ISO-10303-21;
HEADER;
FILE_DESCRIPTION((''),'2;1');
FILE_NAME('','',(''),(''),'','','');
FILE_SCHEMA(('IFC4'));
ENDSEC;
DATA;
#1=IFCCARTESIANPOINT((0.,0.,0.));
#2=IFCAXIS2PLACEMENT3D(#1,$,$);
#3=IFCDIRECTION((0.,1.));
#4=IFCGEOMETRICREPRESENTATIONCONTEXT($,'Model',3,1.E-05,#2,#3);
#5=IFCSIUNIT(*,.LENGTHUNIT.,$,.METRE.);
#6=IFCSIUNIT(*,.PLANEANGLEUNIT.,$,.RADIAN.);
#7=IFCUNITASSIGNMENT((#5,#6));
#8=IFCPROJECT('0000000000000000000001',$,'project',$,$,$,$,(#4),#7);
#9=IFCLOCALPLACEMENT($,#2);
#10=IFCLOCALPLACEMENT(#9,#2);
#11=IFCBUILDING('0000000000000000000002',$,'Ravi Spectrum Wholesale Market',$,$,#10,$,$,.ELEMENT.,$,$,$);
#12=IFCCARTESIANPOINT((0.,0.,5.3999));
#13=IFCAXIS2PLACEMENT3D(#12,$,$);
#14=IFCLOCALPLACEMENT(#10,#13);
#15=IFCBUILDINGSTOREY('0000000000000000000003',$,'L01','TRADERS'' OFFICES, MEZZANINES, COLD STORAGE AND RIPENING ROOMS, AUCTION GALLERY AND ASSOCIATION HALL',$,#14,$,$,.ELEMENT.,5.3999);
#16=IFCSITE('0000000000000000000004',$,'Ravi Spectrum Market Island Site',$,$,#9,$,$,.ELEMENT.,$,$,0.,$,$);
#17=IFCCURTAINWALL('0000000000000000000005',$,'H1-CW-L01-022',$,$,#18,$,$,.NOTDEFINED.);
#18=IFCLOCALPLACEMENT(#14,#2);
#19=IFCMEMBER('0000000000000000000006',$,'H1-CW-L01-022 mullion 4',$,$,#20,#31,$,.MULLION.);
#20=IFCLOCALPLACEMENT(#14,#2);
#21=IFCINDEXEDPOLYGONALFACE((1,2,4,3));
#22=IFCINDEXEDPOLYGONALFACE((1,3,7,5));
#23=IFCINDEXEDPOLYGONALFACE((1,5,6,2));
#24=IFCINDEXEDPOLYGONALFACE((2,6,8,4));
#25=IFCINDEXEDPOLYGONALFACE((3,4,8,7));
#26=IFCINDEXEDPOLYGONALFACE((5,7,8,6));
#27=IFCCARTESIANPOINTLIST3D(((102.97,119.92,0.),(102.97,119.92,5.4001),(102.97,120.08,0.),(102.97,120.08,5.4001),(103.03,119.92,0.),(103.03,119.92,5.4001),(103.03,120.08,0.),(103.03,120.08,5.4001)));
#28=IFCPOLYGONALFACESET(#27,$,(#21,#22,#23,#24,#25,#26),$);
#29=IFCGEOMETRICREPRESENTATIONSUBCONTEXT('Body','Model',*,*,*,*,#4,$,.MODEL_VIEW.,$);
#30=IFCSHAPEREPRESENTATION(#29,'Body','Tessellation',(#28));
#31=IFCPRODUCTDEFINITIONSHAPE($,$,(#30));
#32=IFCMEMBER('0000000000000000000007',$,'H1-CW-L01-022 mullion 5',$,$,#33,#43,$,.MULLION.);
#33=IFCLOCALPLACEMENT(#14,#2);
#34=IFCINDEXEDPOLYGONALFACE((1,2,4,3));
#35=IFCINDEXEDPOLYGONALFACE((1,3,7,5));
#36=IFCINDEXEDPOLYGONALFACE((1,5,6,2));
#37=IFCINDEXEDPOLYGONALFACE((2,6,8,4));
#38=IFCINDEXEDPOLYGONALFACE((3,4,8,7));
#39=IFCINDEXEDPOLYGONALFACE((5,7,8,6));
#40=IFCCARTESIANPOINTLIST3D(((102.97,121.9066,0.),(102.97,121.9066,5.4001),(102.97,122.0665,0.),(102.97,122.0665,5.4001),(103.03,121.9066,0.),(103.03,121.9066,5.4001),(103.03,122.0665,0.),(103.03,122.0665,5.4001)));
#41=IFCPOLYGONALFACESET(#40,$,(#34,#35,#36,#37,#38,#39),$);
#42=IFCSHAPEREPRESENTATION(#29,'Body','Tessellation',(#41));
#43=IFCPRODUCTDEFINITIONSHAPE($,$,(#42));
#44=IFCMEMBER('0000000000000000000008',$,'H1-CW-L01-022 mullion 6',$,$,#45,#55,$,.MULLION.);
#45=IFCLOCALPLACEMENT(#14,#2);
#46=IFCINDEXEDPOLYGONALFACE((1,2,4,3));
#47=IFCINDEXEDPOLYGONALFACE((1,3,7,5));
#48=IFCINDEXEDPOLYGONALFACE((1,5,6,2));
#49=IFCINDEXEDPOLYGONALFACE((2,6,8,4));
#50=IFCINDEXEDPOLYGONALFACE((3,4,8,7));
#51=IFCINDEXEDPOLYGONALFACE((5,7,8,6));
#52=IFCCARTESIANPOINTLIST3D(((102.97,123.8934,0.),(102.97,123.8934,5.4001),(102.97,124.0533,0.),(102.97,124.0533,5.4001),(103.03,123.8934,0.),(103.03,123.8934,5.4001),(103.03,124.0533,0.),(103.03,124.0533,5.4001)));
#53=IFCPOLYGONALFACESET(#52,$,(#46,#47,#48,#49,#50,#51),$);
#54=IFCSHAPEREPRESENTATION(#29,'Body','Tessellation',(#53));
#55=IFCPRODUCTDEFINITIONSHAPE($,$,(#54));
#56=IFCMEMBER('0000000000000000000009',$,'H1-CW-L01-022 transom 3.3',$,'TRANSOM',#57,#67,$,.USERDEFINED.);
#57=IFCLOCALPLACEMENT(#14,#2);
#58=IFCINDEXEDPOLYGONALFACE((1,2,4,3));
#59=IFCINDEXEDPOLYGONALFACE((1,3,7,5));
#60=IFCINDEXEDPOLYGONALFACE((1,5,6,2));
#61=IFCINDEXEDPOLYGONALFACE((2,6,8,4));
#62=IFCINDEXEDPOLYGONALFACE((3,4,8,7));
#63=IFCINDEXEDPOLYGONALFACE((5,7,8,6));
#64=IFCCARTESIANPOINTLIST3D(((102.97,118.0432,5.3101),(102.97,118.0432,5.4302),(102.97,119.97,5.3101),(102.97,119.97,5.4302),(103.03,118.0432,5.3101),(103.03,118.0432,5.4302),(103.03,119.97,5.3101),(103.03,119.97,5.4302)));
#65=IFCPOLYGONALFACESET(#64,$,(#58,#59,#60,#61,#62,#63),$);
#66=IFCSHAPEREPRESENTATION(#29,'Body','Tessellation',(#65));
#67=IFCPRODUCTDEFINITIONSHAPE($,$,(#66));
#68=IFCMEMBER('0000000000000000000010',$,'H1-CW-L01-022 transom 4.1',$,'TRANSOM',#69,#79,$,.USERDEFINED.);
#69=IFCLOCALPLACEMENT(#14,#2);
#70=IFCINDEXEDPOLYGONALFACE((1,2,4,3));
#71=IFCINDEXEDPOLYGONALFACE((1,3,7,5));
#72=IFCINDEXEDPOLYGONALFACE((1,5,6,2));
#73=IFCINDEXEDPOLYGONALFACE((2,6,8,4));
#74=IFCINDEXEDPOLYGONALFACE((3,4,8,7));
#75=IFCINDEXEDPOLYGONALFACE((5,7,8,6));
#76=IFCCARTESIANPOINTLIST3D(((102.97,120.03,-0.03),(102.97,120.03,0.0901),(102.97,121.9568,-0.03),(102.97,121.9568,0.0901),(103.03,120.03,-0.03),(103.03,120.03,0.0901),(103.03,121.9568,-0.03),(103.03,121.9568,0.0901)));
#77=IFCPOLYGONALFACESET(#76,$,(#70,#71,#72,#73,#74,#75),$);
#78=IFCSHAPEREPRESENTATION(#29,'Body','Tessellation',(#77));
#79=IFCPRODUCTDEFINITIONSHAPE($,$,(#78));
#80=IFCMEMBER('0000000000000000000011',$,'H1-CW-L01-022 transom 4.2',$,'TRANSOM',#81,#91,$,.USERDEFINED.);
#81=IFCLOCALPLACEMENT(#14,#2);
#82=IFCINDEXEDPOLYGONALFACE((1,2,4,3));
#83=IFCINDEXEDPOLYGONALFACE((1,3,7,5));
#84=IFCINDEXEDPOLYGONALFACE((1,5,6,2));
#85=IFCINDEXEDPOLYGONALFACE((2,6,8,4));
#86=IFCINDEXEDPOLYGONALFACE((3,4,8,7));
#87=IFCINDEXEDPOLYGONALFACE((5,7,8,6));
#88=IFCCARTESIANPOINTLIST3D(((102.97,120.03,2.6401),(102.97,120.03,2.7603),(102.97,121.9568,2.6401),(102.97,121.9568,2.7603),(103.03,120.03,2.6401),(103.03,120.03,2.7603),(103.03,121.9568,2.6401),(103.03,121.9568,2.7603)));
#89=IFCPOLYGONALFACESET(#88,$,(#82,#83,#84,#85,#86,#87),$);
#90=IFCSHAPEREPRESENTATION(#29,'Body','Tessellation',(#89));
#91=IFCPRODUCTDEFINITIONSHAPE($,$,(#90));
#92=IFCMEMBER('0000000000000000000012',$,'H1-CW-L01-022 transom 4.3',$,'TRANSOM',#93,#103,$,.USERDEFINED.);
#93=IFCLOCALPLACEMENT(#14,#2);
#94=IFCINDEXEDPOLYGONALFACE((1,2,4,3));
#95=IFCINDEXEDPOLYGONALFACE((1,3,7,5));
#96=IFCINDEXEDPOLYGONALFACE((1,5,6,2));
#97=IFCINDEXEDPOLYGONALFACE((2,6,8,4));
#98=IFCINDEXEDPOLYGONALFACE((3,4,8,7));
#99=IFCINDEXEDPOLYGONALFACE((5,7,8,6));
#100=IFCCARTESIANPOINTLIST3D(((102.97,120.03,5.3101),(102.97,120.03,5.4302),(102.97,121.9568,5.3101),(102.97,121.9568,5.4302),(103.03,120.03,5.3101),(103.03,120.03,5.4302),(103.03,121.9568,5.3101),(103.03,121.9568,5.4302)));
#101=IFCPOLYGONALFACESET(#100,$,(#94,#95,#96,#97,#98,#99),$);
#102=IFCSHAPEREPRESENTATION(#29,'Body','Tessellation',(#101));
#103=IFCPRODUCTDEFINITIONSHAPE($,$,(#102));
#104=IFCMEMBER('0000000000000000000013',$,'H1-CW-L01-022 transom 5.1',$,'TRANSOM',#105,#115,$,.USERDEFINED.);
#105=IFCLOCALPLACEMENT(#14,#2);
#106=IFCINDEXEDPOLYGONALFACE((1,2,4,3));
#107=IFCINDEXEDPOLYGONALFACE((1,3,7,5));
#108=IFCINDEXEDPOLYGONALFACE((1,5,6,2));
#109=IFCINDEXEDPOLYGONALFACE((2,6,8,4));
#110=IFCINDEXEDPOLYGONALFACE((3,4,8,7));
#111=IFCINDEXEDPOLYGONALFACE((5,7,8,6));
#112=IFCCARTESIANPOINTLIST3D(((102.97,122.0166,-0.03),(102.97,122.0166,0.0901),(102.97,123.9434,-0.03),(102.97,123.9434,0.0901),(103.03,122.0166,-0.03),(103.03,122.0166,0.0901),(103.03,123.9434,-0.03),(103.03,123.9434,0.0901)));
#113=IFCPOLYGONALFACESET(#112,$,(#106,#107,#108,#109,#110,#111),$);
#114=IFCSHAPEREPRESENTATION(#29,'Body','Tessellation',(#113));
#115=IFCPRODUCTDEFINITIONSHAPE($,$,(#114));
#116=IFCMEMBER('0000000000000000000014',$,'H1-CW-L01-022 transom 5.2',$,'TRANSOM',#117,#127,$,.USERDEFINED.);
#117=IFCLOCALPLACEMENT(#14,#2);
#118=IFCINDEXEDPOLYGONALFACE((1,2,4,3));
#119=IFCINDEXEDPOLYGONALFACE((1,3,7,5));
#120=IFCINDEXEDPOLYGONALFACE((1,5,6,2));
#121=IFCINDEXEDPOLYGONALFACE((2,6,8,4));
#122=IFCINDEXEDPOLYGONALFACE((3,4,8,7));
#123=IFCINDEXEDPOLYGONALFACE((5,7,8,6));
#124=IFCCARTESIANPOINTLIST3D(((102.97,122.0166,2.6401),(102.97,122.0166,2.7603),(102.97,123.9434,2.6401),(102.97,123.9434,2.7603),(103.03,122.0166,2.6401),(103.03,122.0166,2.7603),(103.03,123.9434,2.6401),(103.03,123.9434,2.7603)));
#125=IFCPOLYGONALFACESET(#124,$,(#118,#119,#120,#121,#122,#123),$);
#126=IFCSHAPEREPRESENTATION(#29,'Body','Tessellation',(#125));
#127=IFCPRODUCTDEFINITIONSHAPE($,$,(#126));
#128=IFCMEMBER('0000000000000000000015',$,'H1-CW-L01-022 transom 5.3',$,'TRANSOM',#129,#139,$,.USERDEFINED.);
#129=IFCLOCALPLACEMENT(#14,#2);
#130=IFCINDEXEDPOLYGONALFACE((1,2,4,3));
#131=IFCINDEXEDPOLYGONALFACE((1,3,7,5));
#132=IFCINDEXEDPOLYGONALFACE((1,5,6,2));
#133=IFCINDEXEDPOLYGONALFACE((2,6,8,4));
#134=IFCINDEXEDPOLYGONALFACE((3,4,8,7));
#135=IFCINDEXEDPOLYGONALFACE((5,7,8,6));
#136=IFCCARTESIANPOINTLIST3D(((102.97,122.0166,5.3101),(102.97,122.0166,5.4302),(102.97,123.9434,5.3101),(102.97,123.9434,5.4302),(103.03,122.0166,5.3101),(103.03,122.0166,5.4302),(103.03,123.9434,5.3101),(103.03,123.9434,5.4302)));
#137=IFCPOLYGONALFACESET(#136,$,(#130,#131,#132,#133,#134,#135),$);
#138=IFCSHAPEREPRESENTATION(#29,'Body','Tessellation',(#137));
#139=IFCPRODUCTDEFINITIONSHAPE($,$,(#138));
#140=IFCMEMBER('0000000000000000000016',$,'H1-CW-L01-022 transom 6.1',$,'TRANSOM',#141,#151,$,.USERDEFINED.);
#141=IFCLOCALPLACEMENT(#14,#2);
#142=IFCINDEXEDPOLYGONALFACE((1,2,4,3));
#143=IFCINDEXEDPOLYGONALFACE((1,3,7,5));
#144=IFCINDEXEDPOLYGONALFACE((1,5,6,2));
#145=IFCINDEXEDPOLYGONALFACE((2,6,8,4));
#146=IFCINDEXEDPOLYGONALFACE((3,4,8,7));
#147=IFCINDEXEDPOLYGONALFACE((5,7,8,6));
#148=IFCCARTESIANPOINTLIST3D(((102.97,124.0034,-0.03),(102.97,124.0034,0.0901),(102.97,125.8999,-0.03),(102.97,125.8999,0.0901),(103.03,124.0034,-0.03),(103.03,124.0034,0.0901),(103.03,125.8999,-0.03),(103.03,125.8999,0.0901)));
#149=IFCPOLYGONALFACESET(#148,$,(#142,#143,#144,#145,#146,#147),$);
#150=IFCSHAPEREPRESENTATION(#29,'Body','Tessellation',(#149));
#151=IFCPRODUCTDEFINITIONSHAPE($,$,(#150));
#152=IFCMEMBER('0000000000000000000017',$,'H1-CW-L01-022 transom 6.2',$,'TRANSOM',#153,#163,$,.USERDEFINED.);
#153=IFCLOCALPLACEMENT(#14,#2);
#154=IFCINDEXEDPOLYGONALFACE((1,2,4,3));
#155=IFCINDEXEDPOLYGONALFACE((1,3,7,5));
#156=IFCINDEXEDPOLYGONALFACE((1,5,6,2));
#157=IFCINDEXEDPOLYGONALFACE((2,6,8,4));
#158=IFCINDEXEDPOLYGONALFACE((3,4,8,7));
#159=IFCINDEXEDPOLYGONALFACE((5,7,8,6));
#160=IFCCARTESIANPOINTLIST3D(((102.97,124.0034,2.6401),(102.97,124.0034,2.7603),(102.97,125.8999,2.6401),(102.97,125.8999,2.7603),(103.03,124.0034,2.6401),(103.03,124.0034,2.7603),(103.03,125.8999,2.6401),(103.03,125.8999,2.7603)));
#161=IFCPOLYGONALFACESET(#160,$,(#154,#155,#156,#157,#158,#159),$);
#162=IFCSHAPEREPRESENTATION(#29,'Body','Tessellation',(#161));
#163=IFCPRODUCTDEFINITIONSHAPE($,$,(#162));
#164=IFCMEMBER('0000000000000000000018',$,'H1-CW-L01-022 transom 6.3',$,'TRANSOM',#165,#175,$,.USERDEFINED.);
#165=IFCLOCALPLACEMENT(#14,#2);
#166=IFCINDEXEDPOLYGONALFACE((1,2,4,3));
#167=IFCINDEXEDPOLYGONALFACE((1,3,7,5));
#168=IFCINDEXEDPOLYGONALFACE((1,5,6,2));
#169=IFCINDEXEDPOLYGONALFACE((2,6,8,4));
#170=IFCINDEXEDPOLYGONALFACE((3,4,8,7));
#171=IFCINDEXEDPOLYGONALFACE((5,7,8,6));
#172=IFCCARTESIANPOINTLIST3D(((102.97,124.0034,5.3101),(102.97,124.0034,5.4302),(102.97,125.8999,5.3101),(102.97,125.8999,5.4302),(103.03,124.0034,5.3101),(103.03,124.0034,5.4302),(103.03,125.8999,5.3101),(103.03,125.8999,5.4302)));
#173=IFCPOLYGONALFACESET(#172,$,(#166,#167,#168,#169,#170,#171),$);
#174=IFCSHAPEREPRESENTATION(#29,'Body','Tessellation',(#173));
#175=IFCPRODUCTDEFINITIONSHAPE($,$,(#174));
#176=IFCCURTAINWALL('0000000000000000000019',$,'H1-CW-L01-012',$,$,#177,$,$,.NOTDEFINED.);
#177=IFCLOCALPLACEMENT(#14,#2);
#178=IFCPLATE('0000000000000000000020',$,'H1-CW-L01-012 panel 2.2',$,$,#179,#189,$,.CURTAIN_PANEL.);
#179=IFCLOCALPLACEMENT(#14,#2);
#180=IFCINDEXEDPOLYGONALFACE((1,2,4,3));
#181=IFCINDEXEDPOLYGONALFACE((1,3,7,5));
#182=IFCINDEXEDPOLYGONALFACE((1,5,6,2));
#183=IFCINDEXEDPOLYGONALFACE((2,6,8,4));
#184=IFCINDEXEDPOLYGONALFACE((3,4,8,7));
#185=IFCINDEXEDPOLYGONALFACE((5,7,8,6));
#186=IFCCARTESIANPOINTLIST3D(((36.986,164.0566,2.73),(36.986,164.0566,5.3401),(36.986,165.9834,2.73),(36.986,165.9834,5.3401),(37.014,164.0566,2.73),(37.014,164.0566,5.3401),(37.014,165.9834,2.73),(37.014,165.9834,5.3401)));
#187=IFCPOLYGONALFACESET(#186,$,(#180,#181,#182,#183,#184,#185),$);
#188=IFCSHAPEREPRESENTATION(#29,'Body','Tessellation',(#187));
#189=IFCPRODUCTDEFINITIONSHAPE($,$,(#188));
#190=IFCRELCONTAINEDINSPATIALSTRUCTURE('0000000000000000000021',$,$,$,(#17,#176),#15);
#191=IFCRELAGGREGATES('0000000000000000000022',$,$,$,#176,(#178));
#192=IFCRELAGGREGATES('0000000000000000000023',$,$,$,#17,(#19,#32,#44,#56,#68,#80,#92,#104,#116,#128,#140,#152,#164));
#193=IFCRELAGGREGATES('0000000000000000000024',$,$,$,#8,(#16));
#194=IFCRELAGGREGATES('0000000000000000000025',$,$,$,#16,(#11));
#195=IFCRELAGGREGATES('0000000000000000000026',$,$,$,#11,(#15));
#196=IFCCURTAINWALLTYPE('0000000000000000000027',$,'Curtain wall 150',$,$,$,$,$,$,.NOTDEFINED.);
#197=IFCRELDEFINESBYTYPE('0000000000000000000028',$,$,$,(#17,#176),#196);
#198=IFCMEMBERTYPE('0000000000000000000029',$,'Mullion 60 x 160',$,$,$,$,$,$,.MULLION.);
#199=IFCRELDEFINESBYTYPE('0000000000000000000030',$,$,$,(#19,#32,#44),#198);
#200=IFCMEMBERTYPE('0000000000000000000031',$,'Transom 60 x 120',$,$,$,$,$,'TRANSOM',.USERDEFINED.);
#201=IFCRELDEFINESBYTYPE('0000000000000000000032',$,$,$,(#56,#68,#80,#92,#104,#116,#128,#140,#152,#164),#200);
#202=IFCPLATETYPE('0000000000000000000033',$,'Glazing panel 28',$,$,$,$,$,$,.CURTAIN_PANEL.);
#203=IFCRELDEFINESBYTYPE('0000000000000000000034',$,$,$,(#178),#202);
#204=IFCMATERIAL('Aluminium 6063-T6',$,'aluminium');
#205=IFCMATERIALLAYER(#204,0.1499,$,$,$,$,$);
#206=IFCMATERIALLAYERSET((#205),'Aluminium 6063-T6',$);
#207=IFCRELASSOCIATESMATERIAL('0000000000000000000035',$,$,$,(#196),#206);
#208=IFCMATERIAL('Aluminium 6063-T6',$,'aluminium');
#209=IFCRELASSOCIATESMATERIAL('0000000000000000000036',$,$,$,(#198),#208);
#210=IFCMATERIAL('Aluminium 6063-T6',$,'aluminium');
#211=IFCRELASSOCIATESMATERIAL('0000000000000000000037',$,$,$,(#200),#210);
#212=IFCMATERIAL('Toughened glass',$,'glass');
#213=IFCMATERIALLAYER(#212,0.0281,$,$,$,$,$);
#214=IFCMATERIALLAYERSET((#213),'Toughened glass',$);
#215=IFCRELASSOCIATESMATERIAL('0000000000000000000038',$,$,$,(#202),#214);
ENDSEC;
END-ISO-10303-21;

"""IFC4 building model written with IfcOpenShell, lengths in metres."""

from ifc_helpers import new_model, si_unit, direction, frame, origin, origin_2d, place, context, subcontext, project, spatial, rectangle, extrude, material, layer, layer_set, material_profile, profile_set, type_object, element, aggregate, save


model = new_model("IFC4")

# Units and contexts
model_context = context("Model", 3, precision=1e-05, world=origin(), true_north=direction((0.0, 1.0)))
body_context = subcontext(model_context, "Body", "Model", "MODEL_VIEW")
ifc_project = project(units=[si_unit("LENGTHUNIT", "METRE"), si_unit("PLANEANGLEUNIT", "RADIAN")], contexts=[model_context])

# Site, building, storey
site_placement = place(None, origin())
site = spatial("IfcSite", under=ifc_project, at=site_placement, Name="Ravi Spectrum Market Island Site", CompositionType="ELEMENT", RefElevation=0.0)
building_placement = place(site_placement, origin())
building = spatial("IfcBuilding", under=site, at=building_placement, Name="Ravi Spectrum Wholesale Market", CompositionType="ELEMENT")
storey_placement = place(building_placement, frame((0.0, 0.0, 5.3999)))
storey = spatial("IfcBuildingStorey", under=building, at=storey_placement, Name="L01", Description="TRADERS' OFFICES, MEZZANINES, COLD STORAGE AND RIPENING ROOMS, AUCTION GALLERY AND ASSOCIATION HALL", CompositionType="ELEMENT", Elevation=5.3999)

# Curtain wall, members
ifc_material_1 = material(Name="Aluminium 6063-T6", Category="aluminium")
ifc_layer_1 = layer(ifc_material_1, 0.1499)
ifc_layer_set_1 = layer_set([ifc_layer_1], Name="Aluminium 6063-T6")
curtain_wall_type = type_object("IfcCurtainWallType", Name="Curtain wall 150", PredefinedType="NOTDEFINED", material=ifc_layer_set_1)
curtain_wall_1_placement = place(storey_placement, origin())
curtain_wall_1 = element("IfcCurtainWall", 1, at=curtain_wall_1_placement, inside=storey, type_object=curtain_wall_type, Name="H1-CW-L01-022", PredefinedType="NOTDEFINED")
ifc_material_2 = material(Name="Aluminium 6063-T6", Category="aluminium")
ifc_material_profile_1 = material_profile(ifc_material_2, rectangle(XDim=0.0601, YDim=0.1599, at=origin_2d()))
ifc_profile_set_1 = profile_set([ifc_material_profile_1], Name="Aluminium 6063-T6")
member_type_1 = type_object("IfcMemberType", Name="Mullion 60 x 160", PredefinedType="MULLION", material=ifc_profile_set_1)
member_1_placement = place(storey_placement, frame((103.0, 120.0, 0.0), z_axis=(0.0, 0.0, 1.0), x_axis=(-1.0, 0.0, 0.0)))
member_1 = element("IfcMember", 2, at=member_1_placement, type_object=member_type_1, Name="H1-CW-L01-022 mullion 4", PredefinedType="MULLION", context=body_context, shape_type="SweptSolid", body=[
    extrude(rectangle(XDim=0.0601, YDim=0.1599, at=origin_2d()), origin(), (0.0, 0.0, 1.0), 5.4001),
])
member_2_placement = place(storey_placement, frame((103.0, 121.9866, 0.0), z_axis=(0.0, 0.0, 1.0), x_axis=(-1.0, 0.0, 0.0)))
member_2 = element("IfcMember", 3, at=member_2_placement, type_object=member_type_1, Name="H1-CW-L01-022 mullion 5", PredefinedType="MULLION", context=body_context, shape_type="SweptSolid", body=[
    extrude(rectangle(XDim=0.0601, YDim=0.1599, at=origin_2d()), origin(), (0.0, 0.0, 1.0), 5.4001),
])
member_3_placement = place(storey_placement, frame((103.0, 123.9734, 0.0), z_axis=(0.0, 0.0, 1.0), x_axis=(-1.0, 0.0, 0.0)))
member_3 = element("IfcMember", 4, at=member_3_placement, type_object=member_type_1, Name="H1-CW-L01-022 mullion 6", PredefinedType="MULLION", context=body_context, shape_type="SweptSolid", body=[
    extrude(rectangle(XDim=0.0601, YDim=0.1599, at=origin_2d()), origin(), (0.0, 0.0, 1.0), 5.4001),
])
ifc_material_3 = material(Name="Aluminium 6063-T6", Category="aluminium")
ifc_material_profile_2 = material_profile(ifc_material_3, rectangle(XDim=0.0601, YDim=0.1201, at=origin_2d()))
ifc_profile_set_2 = profile_set([ifc_material_profile_2], Name="Aluminium 6063-T6")
member_type_2 = type_object("IfcMemberType", Name="Transom 60 x 120", ElementType="TRANSOM", PredefinedType="USERDEFINED", material=ifc_profile_set_2)
member_4_placement = place(storey_placement, frame((103.0, 118.0432, 5.3701), z_axis=(0.0, 1.0, 0.0), x_axis=(-1.0, 0.0, 0.0)))
member_4 = element("IfcMember", 5, at=member_4_placement, type_object=member_type_2, Name="H1-CW-L01-022 transom 3.3", ObjectType="TRANSOM", PredefinedType="USERDEFINED", context=body_context, shape_type="SweptSolid", body=[
    extrude(rectangle(XDim=0.0601, YDim=0.1201, at=origin_2d()), origin(), (0.0, 0.0, 1.0), 1.9268),
])
member_5_placement = place(storey_placement, frame((103.0, 120.03, 0.03), z_axis=(0.0, 1.0, 0.0), x_axis=(-1.0, 0.0, 0.0)))
member_5 = element("IfcMember", 6, at=member_5_placement, type_object=member_type_2, Name="H1-CW-L01-022 transom 4.1", ObjectType="TRANSOM", PredefinedType="USERDEFINED", context=body_context, shape_type="SweptSolid", body=[
    extrude(rectangle(XDim=0.0601, YDim=0.1201, at=origin_2d()), origin(), (0.0, 0.0, 1.0), 1.9268),
])
member_6_placement = place(storey_placement, frame((103.0, 120.03, 2.7002), z_axis=(0.0, 1.0, 0.0), x_axis=(-1.0, 0.0, 0.0)))
member_6 = element("IfcMember", 7, at=member_6_placement, type_object=member_type_2, Name="H1-CW-L01-022 transom 4.2", ObjectType="TRANSOM", PredefinedType="USERDEFINED", context=body_context, shape_type="SweptSolid", body=[
    extrude(rectangle(XDim=0.0601, YDim=0.1201, at=origin_2d()), origin(), (0.0, 0.0, 1.0), 1.9268),
])
member_7_placement = place(storey_placement, frame((103.0, 120.03, 5.3701), z_axis=(0.0, 1.0, 0.0), x_axis=(-1.0, 0.0, 0.0)))
member_7 = element("IfcMember", 8, at=member_7_placement, type_object=member_type_2, Name="H1-CW-L01-022 transom 4.3", ObjectType="TRANSOM", PredefinedType="USERDEFINED", context=body_context, shape_type="SweptSolid", body=[
    extrude(rectangle(XDim=0.0601, YDim=0.1201, at=origin_2d()), origin(), (0.0, 0.0, 1.0), 1.9268),
])
member_8_placement = place(storey_placement, frame((103.0, 122.0166, 0.03), z_axis=(0.0, 1.0, 0.0), x_axis=(-1.0, 0.0, 0.0)))
member_8 = element("IfcMember", 9, at=member_8_placement, type_object=member_type_2, Name="H1-CW-L01-022 transom 5.1", ObjectType="TRANSOM", PredefinedType="USERDEFINED", context=body_context, shape_type="SweptSolid", body=[
    extrude(rectangle(XDim=0.0601, YDim=0.1201, at=origin_2d()), origin(), (0.0, 0.0, 1.0), 1.9268),
])
member_9_placement = place(storey_placement, frame((103.0, 122.0166, 2.7002), z_axis=(0.0, 1.0, 0.0), x_axis=(-1.0, 0.0, 0.0)))
member_9 = element("IfcMember", 10, at=member_9_placement, type_object=member_type_2, Name="H1-CW-L01-022 transom 5.2", ObjectType="TRANSOM", PredefinedType="USERDEFINED", context=body_context, shape_type="SweptSolid", body=[
    extrude(rectangle(XDim=0.0601, YDim=0.1201, at=origin_2d()), origin(), (0.0, 0.0, 1.0), 1.9268),
])
member_10_placement = place(storey_placement, frame((103.0, 122.0166, 5.3701), z_axis=(0.0, 1.0, 0.0), x_axis=(-1.0, 0.0, 0.0)))
member_10 = element("IfcMember", 11, at=member_10_placement, type_object=member_type_2, Name="H1-CW-L01-022 transom 5.3", ObjectType="TRANSOM", PredefinedType="USERDEFINED", context=body_context, shape_type="SweptSolid", body=[
    extrude(rectangle(XDim=0.0601, YDim=0.1201, at=origin_2d()), origin(), (0.0, 0.0, 1.0), 1.9268),
])
member_11_placement = place(storey_placement, frame((103.0, 124.0034, 0.03), z_axis=(0.0, 1.0, 0.0), x_axis=(-1.0, 0.0, 0.0)))
member_11 = element("IfcMember", 12, at=member_11_placement, type_object=member_type_2, Name="H1-CW-L01-022 transom 6.1", ObjectType="TRANSOM", PredefinedType="USERDEFINED", context=body_context, shape_type="SweptSolid", body=[
    extrude(rectangle(XDim=0.0601, YDim=0.1201, at=origin_2d()), origin(), (0.0, 0.0, 1.0), 1.8965),
])
member_12_placement = place(storey_placement, frame((103.0, 124.0034, 2.7002), z_axis=(0.0, 1.0, 0.0), x_axis=(-1.0, 0.0, 0.0)))
member_12 = element("IfcMember", 13, at=member_12_placement, type_object=member_type_2, Name="H1-CW-L01-022 transom 6.2", ObjectType="TRANSOM", PredefinedType="USERDEFINED", context=body_context, shape_type="SweptSolid", body=[
    extrude(rectangle(XDim=0.0601, YDim=0.1201, at=origin_2d()), origin(), (0.0, 0.0, 1.0), 1.8965),
])
member_13_placement = place(storey_placement, frame((103.0, 124.0034, 5.3701), z_axis=(0.0, 1.0, 0.0), x_axis=(-1.0, 0.0, 0.0)))
member_13 = element("IfcMember", 14, at=member_13_placement, type_object=member_type_2, Name="H1-CW-L01-022 transom 6.3", ObjectType="TRANSOM", PredefinedType="USERDEFINED", context=body_context, shape_type="SweptSolid", body=[
    extrude(rectangle(XDim=0.0601, YDim=0.1201, at=origin_2d()), origin(), (0.0, 0.0, 1.0), 1.8965),
])

# Curtain wall, plate
curtain_wall_2_placement = place(storey_placement, origin())
curtain_wall_2 = element("IfcCurtainWall", 15, at=curtain_wall_2_placement, inside=storey, type_object=curtain_wall_type, Name="H1-CW-L01-012", PredefinedType="NOTDEFINED")
ifc_material_4 = material(Name="Toughened glass", Category="glass")
ifc_layer_2 = layer(ifc_material_4, 0.0281)
ifc_layer_set_2 = layer_set([ifc_layer_2], Name="Toughened glass")
plate_type = type_object("IfcPlateType", Name="Glazing panel 28", PredefinedType="CURTAIN_PANEL", material=ifc_layer_set_2)
plate_1_placement = place(storey_placement, frame((37.0, 165.02, 2.73), z_axis=(0.0, 0.0, 1.0), x_axis=(0.0, 1.0, 0.0)))
plate_1 = element("IfcPlate", 16, at=plate_1_placement, type_object=plate_type, Name="H1-CW-L01-012 panel 2.2", PredefinedType="CURTAIN_PANEL", context=body_context, shape_type="SweptSolid", body=[
    extrude(rectangle(XDim=1.9268, YDim=0.0281, at=origin_2d()), origin(), (0.0, 0.0, 1.0), 2.6101),
])
aggregate(curtain_wall_2, [plate_1])

aggregate(curtain_wall_1, [member_1, member_2, member_3, member_4, member_5, member_6, member_7, member_8, member_9, member_10, member_11, member_12, member_13])

save(model, "model.ifc")
